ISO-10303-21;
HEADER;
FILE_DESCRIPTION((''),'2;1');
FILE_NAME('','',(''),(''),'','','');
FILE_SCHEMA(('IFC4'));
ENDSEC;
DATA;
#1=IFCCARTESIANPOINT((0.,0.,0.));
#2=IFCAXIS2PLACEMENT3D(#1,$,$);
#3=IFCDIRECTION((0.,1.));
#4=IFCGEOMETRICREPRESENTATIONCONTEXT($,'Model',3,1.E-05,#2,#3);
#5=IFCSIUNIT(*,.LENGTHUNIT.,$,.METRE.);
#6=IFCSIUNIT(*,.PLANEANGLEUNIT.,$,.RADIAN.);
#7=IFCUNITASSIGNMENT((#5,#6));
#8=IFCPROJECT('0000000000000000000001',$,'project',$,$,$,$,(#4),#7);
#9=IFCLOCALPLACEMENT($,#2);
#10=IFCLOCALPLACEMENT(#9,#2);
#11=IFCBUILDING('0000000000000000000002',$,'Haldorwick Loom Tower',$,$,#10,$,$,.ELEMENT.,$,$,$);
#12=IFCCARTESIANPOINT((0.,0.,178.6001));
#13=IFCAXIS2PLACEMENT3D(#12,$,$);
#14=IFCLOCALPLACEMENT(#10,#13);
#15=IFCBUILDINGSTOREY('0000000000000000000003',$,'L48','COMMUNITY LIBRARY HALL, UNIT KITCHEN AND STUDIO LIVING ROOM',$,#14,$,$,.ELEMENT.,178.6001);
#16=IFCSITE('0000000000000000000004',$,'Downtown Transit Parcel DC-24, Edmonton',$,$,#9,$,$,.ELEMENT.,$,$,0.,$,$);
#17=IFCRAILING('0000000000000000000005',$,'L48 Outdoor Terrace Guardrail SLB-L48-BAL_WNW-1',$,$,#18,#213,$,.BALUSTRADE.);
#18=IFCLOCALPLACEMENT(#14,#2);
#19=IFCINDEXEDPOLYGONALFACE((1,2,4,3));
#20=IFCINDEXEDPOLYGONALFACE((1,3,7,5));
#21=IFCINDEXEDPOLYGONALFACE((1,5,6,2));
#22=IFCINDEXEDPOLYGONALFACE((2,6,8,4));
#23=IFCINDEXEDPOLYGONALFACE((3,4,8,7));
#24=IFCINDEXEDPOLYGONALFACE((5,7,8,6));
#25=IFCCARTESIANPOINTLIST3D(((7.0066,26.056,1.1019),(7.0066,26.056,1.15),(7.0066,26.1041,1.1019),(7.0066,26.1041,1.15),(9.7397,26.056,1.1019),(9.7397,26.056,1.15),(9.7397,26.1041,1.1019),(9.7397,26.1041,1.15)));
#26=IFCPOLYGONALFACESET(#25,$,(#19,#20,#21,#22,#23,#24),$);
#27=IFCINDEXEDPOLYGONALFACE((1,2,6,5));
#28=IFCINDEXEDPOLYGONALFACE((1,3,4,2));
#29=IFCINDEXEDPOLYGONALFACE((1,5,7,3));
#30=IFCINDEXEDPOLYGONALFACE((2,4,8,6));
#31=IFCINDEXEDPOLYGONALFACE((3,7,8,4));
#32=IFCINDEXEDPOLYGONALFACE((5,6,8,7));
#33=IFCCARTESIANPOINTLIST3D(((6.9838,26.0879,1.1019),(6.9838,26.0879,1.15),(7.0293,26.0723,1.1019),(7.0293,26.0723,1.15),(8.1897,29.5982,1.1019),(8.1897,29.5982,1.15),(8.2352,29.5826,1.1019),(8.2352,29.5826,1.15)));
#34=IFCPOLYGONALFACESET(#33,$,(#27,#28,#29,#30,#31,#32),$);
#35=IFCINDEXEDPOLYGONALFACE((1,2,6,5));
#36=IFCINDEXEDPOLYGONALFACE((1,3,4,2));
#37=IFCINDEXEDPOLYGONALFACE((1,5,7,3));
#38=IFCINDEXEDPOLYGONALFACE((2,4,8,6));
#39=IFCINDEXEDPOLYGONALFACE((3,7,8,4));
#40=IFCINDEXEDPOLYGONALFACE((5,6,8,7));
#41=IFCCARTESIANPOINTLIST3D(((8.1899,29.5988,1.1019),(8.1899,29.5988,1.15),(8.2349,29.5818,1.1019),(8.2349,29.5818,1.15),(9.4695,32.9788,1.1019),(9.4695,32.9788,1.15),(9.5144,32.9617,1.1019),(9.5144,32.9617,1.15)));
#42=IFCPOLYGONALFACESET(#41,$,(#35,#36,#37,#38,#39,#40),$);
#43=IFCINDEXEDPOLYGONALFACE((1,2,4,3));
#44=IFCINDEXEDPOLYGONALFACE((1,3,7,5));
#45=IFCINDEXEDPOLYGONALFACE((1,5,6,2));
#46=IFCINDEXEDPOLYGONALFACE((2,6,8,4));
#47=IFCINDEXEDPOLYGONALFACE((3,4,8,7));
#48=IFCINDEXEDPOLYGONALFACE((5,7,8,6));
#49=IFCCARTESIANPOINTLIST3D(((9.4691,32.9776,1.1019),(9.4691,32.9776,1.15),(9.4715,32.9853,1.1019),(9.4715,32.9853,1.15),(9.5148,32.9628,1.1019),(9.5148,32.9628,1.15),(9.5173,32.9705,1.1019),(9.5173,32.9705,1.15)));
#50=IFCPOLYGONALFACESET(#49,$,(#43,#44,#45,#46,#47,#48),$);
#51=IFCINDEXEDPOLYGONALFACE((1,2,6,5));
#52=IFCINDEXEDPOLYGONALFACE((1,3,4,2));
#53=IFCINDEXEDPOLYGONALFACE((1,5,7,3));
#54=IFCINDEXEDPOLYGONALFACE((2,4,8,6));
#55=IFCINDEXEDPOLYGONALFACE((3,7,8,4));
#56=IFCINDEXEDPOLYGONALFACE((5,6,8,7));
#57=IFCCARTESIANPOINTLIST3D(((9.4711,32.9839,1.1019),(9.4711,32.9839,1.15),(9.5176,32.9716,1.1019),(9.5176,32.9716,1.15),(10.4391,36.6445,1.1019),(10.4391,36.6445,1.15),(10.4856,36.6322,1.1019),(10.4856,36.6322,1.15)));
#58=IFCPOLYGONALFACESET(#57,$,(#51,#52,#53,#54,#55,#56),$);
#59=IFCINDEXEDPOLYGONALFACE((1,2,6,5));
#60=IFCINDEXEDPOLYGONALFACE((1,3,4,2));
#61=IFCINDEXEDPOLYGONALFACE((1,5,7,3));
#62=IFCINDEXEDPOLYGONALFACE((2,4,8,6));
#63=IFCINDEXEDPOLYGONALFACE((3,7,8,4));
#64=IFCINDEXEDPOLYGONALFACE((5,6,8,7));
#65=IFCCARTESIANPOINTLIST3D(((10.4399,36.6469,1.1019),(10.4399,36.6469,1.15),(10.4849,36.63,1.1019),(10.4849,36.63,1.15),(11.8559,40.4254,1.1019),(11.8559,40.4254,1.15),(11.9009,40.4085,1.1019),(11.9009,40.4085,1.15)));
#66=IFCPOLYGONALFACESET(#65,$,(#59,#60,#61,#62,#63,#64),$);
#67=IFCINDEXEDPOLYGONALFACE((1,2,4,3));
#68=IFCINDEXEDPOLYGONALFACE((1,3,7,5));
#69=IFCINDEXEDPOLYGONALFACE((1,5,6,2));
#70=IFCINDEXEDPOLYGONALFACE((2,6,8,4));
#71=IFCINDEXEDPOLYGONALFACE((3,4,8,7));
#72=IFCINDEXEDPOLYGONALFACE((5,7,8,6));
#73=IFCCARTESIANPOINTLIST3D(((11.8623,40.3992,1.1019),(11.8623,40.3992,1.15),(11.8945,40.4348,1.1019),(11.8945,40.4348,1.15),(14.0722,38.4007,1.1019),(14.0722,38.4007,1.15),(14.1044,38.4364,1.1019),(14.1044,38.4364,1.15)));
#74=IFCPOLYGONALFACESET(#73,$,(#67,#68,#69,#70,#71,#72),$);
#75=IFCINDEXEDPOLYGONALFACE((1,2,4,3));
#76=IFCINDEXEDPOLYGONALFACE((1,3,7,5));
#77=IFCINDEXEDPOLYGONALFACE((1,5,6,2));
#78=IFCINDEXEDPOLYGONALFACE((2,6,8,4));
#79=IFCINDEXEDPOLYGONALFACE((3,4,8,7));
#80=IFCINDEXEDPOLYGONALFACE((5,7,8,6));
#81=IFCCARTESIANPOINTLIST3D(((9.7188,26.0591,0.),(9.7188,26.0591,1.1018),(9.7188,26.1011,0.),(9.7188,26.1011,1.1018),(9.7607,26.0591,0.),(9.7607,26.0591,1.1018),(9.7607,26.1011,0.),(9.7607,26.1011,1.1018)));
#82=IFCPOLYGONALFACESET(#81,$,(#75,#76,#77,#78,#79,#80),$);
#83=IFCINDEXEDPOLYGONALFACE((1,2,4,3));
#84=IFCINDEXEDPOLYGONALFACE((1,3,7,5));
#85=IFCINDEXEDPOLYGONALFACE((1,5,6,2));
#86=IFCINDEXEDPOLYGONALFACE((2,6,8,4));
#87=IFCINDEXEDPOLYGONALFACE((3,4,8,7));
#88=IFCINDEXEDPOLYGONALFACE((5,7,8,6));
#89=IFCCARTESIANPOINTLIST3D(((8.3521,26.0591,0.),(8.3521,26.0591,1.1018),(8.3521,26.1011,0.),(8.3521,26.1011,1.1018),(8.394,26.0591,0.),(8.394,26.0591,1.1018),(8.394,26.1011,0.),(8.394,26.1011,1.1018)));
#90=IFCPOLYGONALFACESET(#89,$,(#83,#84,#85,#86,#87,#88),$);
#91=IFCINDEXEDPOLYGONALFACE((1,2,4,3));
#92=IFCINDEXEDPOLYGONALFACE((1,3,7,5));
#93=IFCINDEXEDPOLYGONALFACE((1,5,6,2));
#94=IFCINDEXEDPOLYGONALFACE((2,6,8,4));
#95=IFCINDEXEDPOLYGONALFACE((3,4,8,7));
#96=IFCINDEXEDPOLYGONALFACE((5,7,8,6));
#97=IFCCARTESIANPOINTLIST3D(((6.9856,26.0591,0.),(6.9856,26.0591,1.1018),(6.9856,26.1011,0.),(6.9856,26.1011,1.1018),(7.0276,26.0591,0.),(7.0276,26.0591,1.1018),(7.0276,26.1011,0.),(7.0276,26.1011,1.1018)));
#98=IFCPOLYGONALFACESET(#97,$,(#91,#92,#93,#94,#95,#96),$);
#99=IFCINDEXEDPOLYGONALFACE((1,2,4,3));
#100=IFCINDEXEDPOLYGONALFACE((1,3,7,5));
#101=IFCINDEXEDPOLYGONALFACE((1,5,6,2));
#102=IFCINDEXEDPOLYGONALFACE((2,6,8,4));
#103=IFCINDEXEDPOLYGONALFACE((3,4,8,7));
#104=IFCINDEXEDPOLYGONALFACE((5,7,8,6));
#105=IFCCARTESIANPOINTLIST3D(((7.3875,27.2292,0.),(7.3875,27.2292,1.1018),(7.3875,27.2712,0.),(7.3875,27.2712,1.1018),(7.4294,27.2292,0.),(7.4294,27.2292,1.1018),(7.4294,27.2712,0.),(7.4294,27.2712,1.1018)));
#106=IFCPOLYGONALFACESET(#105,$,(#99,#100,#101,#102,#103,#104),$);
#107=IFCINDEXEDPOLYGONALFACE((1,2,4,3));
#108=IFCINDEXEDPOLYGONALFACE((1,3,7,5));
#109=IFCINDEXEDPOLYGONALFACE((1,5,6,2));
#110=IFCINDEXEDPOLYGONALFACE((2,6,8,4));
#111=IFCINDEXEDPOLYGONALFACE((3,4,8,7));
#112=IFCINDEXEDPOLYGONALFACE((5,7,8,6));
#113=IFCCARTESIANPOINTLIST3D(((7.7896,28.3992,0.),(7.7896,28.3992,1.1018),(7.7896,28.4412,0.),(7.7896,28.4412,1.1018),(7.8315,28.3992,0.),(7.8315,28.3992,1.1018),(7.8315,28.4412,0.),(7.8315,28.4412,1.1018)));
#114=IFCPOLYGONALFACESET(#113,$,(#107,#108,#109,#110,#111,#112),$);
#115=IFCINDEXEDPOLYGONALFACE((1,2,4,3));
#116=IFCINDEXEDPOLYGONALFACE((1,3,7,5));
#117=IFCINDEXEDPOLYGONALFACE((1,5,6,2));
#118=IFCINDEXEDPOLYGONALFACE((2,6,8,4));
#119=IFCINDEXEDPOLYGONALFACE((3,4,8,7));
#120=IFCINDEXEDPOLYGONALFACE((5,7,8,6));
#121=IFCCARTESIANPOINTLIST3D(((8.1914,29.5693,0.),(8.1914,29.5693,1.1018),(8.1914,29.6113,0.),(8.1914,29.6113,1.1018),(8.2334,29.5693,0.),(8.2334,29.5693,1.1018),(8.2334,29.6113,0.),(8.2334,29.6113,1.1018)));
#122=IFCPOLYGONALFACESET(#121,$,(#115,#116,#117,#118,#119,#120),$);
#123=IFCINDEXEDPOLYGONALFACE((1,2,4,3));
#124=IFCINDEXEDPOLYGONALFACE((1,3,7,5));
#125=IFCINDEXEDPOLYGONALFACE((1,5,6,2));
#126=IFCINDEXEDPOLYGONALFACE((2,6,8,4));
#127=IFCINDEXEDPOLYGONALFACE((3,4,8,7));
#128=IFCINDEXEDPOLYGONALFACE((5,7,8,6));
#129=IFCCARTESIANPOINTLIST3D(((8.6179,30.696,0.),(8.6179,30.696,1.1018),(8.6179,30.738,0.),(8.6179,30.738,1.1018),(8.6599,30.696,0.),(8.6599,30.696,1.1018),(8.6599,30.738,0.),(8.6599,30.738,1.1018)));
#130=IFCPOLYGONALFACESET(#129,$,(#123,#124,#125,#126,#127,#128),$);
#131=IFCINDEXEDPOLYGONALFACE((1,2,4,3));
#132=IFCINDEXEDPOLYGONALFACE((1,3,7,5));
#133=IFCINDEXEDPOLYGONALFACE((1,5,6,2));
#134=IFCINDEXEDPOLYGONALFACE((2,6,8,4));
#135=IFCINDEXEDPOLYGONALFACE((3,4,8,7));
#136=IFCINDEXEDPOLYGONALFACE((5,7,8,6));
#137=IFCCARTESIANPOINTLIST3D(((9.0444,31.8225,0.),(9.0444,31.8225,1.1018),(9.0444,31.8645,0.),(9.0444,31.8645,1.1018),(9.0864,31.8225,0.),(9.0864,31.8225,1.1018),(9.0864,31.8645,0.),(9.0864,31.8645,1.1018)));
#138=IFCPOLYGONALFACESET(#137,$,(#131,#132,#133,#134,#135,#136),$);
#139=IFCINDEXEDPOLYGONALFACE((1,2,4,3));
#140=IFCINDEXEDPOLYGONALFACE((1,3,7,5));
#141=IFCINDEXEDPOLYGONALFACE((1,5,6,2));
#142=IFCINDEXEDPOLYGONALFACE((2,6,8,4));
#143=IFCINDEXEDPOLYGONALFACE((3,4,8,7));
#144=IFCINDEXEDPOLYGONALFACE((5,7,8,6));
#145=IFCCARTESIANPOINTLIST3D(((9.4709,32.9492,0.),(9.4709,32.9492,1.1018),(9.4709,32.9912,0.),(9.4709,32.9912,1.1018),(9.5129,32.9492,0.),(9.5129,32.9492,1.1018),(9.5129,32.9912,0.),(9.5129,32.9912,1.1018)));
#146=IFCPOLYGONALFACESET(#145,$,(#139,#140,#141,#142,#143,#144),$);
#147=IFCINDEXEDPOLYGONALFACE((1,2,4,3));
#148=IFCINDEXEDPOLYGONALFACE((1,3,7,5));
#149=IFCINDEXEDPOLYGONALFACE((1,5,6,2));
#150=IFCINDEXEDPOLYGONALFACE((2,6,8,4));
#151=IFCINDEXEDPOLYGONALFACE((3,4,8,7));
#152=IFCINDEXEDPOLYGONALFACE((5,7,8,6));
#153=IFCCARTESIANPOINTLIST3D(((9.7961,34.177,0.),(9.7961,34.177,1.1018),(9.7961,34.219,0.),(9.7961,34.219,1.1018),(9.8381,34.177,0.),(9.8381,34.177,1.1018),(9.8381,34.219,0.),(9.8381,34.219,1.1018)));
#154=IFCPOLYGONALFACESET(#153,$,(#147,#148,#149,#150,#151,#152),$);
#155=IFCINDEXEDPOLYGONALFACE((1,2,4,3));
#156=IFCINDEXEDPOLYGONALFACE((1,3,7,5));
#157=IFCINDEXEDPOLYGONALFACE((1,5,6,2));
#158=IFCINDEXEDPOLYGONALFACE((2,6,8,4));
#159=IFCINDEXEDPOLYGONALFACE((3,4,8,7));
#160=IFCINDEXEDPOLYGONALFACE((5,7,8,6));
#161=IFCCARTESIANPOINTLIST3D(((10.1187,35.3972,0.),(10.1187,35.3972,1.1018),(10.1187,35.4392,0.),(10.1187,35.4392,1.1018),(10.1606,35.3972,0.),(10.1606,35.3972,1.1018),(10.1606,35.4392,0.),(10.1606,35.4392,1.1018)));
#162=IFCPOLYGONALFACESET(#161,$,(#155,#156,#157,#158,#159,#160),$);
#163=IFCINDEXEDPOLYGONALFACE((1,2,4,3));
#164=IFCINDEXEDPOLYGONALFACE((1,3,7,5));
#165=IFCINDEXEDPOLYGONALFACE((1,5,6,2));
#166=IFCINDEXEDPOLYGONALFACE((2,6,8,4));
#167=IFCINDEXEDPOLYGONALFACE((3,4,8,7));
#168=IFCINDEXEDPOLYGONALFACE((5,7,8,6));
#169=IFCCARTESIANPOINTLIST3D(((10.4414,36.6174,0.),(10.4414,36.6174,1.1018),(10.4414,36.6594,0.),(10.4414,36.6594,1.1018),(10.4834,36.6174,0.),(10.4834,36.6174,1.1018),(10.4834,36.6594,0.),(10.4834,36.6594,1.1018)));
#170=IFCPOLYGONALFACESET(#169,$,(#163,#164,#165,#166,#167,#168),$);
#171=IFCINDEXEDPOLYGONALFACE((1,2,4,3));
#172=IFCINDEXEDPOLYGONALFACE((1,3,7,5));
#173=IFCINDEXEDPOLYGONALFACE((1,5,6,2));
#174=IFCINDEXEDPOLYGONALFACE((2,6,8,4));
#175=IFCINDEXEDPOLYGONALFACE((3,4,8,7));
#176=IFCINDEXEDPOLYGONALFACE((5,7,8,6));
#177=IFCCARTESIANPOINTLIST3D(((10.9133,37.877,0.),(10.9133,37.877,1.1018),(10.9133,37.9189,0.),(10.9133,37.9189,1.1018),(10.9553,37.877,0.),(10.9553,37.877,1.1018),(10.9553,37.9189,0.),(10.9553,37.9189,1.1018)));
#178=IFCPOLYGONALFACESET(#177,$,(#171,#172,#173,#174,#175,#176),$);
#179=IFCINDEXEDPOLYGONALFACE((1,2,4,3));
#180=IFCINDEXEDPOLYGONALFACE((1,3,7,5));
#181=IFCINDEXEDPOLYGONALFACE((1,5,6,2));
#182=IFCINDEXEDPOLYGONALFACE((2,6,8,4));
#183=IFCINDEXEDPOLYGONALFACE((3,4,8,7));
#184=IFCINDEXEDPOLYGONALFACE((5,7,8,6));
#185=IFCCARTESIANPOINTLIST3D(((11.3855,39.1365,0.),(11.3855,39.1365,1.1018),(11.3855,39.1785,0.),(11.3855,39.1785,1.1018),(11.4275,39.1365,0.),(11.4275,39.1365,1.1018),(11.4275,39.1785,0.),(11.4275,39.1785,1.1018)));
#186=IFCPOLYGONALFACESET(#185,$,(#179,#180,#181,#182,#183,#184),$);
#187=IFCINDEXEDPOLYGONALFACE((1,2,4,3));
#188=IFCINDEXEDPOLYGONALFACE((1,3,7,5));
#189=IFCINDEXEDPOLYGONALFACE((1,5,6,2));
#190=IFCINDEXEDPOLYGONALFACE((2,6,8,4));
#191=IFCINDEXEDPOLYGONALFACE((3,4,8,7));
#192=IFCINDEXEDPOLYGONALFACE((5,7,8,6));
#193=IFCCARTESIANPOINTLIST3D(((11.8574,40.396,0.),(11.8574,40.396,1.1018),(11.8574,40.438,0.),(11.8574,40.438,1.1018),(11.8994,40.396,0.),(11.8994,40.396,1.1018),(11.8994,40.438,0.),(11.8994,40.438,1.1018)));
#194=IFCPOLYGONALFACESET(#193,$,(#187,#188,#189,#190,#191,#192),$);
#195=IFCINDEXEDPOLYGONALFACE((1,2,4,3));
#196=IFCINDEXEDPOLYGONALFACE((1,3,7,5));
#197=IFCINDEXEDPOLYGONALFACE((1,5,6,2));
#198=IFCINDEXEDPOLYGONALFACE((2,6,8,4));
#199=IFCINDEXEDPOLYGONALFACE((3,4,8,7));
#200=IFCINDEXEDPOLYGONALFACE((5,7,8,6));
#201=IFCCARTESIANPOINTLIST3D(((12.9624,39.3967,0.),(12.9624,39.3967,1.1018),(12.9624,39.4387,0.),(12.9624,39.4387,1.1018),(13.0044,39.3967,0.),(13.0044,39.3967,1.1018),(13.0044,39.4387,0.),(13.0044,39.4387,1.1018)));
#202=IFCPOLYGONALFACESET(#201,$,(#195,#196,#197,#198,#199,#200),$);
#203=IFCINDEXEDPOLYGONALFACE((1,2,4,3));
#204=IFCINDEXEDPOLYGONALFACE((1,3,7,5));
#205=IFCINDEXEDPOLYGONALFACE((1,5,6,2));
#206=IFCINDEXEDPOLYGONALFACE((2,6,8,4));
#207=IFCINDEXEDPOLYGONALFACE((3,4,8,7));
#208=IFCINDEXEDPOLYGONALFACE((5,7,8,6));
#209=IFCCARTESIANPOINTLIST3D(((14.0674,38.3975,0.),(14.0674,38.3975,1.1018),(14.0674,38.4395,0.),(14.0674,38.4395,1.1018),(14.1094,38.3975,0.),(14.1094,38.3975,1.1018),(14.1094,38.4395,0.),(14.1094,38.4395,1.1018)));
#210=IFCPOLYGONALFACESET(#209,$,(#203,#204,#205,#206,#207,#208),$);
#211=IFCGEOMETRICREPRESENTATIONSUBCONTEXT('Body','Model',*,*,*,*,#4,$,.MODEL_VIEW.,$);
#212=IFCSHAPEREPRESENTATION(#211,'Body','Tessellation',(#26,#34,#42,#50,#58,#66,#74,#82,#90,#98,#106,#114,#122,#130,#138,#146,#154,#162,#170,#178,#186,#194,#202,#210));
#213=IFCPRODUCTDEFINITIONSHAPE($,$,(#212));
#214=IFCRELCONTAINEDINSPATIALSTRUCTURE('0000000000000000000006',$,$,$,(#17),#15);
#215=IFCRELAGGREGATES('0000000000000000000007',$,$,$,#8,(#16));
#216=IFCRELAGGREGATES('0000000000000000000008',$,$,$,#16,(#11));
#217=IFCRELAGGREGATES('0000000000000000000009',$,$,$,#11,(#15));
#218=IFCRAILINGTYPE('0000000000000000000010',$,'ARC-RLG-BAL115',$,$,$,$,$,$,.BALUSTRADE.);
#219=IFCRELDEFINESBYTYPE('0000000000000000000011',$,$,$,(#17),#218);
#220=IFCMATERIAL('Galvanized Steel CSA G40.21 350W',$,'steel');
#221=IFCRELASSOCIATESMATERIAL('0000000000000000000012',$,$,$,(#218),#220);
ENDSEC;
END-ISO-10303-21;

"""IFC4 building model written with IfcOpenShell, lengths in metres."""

from ifc_helpers import new_model, si_unit, direction, frame, origin, origin_2d, place, context, subcontext, project, spatial, rectangle, extrude, material, type_object, element, save


model = new_model("IFC4")

# Units and contexts
model_context = context("Model", 3, precision=1e-05, world=origin(), true_north=direction((0.0, 1.0)))
body_context = subcontext(model_context, "Body", "Model", "MODEL_VIEW")
ifc_project = project(units=[si_unit("LENGTHUNIT", "METRE"), si_unit("PLANEANGLEUNIT", "RADIAN")], contexts=[model_context])

# Site, building, storey
site_placement = place(None, origin())
site = spatial("IfcSite", under=ifc_project, at=site_placement, Name="Downtown Transit Parcel DC-24, Edmonton", CompositionType="ELEMENT", RefElevation=0.0)
building_placement = place(site_placement, origin())
building = spatial("IfcBuilding", under=site, at=building_placement, Name="Haldorwick Loom Tower", CompositionType="ELEMENT")
storey_placement = place(building_placement, frame((0.0, 0.0, 178.6001)))
storey = spatial("IfcBuildingStorey", under=building, at=storey_placement, Name="L48", Description="COMMUNITY LIBRARY HALL, UNIT KITCHEN AND STUDIO LIVING ROOM", CompositionType="ELEMENT", Elevation=178.6001)

# Railing
ifc_material_1 = material(Name="Galvanized Steel CSA G40.21 350W", Category="steel")
railing_type = type_object("IfcRailingType", Name="ARC-RLG-BAL115", PredefinedType="BALUSTRADE", material=ifc_material_1)
railing_placement = place(storey_placement, frame((9.7397, 26.0801, 0.0)))
element("IfcRailing", 1, at=railing_placement, inside=storey, type_object=railing_type, Name="L48 Outdoor Terrace Guardrail SLB-L48-BAL_WNW-1", PredefinedType="BALUSTRADE", context=body_context, shape_type="SweptSolid", body=[
    extrude(rectangle(XDim=0.0481, YDim=0.0481, at=origin_2d()), frame((0.0, 0.0, 1.126), z_axis=(-1.0, 0.0, 0.0), x_axis=(0.0, -1.0, 0.0)), (0.0, 0.0, 1.0), 2.7332),
    extrude(rectangle(XDim=0.0481, YDim=0.0481, at=origin_2d()), frame((-2.7332, 0.0, 1.126), z_axis=(0.324878, 0.945756, 0.0), x_axis=(-0.945756, 0.324878, 0.0)), (0.0, 0.0, 1.0), 3.7117),
    extrude(rectangle(XDim=0.0481, YDim=0.0481, at=origin_2d()), frame((-1.5273, 3.5103, 1.126), z_axis=(0.354053, 0.935225, 0.0), x_axis=(-0.935225, 0.354053, 0.0)), (0.0, 0.0, 1.0), 3.614),
    extrude(rectangle(XDim=0.0481, YDim=0.0481, at=origin_2d()), frame((-0.2478, 6.8901, 1.126), z_axis=(0.307003, 0.951709, 0.0), x_axis=(-0.951709, 0.307003, 0.0)), (0.0, 0.0, 1.0), 0.0081),
    extrude(rectangle(XDim=0.0481, YDim=0.0481, at=origin_2d()), frame((-0.2454, 6.8977, 1.126), z_axis=(0.255652, 0.966769, 0.0), x_axis=(-0.966769, 0.255652, 0.0)), (0.0, 0.0, 1.0), 3.7864),
    extrude(rectangle(XDim=0.0481, YDim=0.0481, at=origin_2d()), frame((0.7227, 10.5583, 1.126), z_axis=(0.350918, 0.936406, 0.0), x_axis=(-0.936406, 0.350918, 0.0)), (0.0, 0.0, 1.0), 4.0352),
    extrude(rectangle(XDim=0.0481, YDim=0.0481, at=origin_2d()), frame((2.1387, 14.3369, 1.126), z_axis=(0.741695, -0.670737, 0.0), x_axis=(0.670737, 0.741695, 0.0)), (0.0, 0.0, 1.0), 2.9795),
    extrude(rectangle(XDim=0.042, YDim=0.042, at=origin_2d()), origin(), (0.0, 0.0, 1.0), 1.1018),
    extrude(rectangle(XDim=0.042, YDim=0.042, at=origin_2d()), frame((-1.3667, 0.0, 0.0)), (0.0, 0.0, 1.0), 1.1018),
    extrude(rectangle(XDim=0.042, YDim=0.042, at=origin_2d()), frame((-2.7332, 0.0, 0.0)), (0.0, 0.0, 1.0), 1.1018),
    extrude(rectangle(XDim=0.042, YDim=0.042, at=origin_2d()), frame((-2.3313, 1.1702, 0.0)), (0.0, 0.0, 1.0), 1.1018),
    extrude(rectangle(XDim=0.042, YDim=0.042, at=origin_2d()), frame((-1.9292, 2.3401, 0.0)), (0.0, 0.0, 1.0), 1.1018),
    extrude(rectangle(XDim=0.042, YDim=0.042, at=origin_2d()), frame((-1.5273, 3.5103, 0.0)), (0.0, 0.0, 1.0), 1.1018),
    extrude(rectangle(XDim=0.042, YDim=0.042, at=origin_2d()), frame((-1.1008, 4.637, 0.0)), (0.0, 0.0, 1.0), 1.1018),
    extrude(rectangle(XDim=0.042, YDim=0.042, at=origin_2d()), frame((-0.6743, 5.7634, 0.0)), (0.0, 0.0, 1.0), 1.1018),
    extrude(rectangle(XDim=0.042, YDim=0.042, at=origin_2d()), frame((-0.2478, 6.8901, 0.0)), (0.0, 0.0, 1.0), 1.1018),
    extrude(rectangle(XDim=0.042, YDim=0.042, at=origin_2d()), frame((0.0774, 8.1179, 0.0)), (0.0, 0.0, 1.0), 1.1018),
    extrude(rectangle(XDim=0.042, YDim=0.042, at=origin_2d()), frame((0.3999, 9.3381, 0.0)), (0.0, 0.0, 1.0), 1.1018),
    extrude(rectangle(XDim=0.042, YDim=0.042, at=origin_2d()), frame((0.7227, 10.5583, 0.0)), (0.0, 0.0, 1.0), 1.1018),
    extrude(rectangle(XDim=0.042, YDim=0.042, at=origin_2d()), frame((1.1946, 11.8179, 0.0)), (0.0, 0.0, 1.0), 1.1018),
    extrude(rectangle(XDim=0.042, YDim=0.042, at=origin_2d()), frame((1.6667, 13.0774, 0.0)), (0.0, 0.0, 1.0), 1.1018),
    extrude(rectangle(XDim=0.042, YDim=0.042, at=origin_2d()), frame((2.1387, 14.3369, 0.0)), (0.0, 0.0, 1.0), 1.1018),
    extrude(rectangle(XDim=0.042, YDim=0.042, at=origin_2d()), frame((3.2437, 13.3376, 0.0)), (0.0, 0.0, 1.0), 1.1018),
    extrude(rectangle(XDim=0.042, YDim=0.042, at=origin_2d()), frame((4.3486, 12.3384, 0.0)), (0.0, 0.0, 1.0), 1.1018),
])

save(model, "model.ifc")
